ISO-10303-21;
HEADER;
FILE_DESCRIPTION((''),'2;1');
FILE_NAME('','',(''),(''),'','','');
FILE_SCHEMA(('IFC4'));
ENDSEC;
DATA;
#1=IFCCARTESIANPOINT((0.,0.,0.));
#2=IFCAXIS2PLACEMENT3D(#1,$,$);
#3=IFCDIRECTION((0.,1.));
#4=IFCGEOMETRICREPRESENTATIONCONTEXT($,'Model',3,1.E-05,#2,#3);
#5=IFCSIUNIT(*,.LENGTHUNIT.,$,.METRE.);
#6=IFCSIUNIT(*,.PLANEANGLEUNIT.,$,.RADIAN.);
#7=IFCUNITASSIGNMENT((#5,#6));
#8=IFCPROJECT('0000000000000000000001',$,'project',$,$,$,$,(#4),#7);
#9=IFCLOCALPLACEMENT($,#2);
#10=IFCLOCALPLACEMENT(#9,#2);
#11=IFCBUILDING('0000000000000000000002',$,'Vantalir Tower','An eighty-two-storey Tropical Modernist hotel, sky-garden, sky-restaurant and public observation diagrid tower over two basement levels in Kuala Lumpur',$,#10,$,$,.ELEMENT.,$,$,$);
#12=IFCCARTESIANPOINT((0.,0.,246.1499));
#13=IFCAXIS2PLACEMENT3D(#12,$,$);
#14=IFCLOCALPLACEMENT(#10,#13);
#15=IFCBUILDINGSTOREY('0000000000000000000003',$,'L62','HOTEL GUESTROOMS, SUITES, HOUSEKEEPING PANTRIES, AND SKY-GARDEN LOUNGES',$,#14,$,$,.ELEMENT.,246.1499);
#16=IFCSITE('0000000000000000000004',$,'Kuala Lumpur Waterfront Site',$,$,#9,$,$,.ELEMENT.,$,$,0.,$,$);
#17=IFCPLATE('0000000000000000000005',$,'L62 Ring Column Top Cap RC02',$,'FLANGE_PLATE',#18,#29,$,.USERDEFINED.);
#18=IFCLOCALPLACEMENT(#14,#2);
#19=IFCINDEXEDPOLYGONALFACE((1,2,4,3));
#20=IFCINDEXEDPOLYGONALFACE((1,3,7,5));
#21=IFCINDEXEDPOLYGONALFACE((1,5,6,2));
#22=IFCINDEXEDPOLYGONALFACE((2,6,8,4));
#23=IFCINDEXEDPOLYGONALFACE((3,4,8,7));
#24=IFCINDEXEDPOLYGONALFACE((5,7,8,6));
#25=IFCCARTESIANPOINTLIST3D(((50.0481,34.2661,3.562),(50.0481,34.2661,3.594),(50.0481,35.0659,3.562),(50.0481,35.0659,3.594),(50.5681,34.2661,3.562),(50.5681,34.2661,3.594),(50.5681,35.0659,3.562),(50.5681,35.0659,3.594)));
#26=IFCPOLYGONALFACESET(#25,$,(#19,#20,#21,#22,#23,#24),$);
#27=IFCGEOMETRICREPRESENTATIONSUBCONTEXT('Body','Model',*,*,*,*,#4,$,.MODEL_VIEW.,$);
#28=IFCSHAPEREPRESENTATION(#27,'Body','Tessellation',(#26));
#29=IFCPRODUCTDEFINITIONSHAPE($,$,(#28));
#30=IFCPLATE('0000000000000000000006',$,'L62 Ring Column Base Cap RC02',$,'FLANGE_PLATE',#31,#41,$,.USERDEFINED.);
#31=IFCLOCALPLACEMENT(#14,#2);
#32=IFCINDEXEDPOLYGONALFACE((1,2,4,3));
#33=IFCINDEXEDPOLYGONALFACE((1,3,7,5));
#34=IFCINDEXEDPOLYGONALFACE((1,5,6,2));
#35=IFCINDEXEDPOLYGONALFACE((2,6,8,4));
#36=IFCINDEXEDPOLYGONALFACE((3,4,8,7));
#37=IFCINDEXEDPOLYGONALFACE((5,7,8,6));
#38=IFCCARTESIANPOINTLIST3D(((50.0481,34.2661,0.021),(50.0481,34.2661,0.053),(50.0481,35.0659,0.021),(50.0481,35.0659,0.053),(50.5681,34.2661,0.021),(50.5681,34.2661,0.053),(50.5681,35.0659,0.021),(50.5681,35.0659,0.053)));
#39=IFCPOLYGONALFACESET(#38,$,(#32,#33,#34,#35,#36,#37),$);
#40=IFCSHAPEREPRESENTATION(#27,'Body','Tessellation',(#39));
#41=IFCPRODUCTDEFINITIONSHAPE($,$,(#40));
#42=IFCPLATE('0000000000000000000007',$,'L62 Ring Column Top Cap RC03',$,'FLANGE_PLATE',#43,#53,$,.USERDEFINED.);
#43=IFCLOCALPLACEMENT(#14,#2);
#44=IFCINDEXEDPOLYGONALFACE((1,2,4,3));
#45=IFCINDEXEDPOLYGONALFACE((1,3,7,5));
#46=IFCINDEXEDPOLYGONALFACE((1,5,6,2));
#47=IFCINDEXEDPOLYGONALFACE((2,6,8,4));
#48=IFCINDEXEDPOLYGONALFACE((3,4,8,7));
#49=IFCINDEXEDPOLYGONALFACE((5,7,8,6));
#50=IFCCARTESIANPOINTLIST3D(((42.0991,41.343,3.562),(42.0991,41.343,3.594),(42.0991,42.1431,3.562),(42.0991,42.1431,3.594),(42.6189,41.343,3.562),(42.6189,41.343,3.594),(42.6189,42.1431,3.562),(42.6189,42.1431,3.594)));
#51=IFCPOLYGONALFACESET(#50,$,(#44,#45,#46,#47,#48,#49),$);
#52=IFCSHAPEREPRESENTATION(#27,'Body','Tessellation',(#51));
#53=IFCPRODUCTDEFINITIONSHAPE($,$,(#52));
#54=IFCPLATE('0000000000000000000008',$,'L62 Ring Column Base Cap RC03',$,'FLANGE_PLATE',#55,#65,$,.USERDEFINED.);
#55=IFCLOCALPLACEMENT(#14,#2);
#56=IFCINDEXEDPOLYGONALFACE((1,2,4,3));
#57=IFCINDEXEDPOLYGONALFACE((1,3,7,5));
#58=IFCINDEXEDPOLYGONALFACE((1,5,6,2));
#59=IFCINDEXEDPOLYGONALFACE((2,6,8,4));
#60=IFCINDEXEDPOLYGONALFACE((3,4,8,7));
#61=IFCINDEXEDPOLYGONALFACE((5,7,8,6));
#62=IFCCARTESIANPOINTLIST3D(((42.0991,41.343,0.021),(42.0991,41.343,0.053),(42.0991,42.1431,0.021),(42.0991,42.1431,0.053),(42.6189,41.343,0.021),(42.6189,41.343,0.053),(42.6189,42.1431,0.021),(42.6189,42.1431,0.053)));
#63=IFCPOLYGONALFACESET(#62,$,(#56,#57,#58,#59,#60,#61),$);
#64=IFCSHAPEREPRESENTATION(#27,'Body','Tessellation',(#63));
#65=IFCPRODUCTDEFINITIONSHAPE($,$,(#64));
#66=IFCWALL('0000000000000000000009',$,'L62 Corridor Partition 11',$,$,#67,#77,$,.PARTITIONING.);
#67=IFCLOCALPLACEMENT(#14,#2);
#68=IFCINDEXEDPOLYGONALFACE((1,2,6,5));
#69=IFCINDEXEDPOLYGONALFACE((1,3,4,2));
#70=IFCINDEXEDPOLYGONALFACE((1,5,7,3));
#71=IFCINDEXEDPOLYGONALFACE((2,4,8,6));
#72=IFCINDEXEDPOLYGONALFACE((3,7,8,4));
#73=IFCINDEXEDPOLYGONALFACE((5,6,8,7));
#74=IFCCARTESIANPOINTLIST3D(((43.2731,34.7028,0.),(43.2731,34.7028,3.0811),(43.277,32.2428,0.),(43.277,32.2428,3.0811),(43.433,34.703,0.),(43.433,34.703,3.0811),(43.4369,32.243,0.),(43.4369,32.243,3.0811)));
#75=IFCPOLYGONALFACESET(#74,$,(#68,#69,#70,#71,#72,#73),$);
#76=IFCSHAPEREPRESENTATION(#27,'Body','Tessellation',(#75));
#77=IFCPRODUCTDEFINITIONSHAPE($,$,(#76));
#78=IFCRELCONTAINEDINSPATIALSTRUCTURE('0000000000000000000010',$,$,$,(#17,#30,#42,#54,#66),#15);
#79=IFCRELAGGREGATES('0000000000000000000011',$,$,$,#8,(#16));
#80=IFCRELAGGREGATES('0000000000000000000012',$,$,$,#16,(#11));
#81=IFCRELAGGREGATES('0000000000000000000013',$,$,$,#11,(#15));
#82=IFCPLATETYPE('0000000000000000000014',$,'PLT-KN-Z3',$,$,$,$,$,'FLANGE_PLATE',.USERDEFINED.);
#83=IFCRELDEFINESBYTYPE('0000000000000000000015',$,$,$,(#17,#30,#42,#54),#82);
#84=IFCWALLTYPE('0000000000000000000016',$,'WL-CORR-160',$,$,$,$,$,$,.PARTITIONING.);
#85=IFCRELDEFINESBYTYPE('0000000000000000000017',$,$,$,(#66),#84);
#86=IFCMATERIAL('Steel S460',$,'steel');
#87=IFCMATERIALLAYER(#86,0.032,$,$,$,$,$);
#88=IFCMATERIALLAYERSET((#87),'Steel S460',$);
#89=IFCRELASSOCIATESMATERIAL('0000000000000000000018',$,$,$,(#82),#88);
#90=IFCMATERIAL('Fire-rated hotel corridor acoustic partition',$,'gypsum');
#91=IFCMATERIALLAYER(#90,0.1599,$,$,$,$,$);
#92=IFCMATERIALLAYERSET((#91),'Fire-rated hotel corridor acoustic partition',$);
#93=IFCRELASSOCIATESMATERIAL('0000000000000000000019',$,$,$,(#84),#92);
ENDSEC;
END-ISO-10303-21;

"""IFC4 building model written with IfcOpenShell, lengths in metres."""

from ifc_helpers import new_model, si_unit, direction, frame, frame_2d, origin, place, context, subcontext, project, spatial, polyline, rectangle, outline, extrude, material, layer, layer_set, type_object, element, save


model = new_model("IFC4")

# Units and contexts
model_context = context("Model", 3, precision=1e-05, world=origin(), true_north=direction((0.0, 1.0)))
body_context = subcontext(model_context, "Body", "Model", "MODEL_VIEW")
ifc_project = project(units=[si_unit("LENGTHUNIT", "METRE"), si_unit("PLANEANGLEUNIT", "RADIAN")], contexts=[model_context])

# Site, building, storey
site_placement = place(None, origin())
site = spatial("IfcSite", under=ifc_project, at=site_placement, Name="Kuala Lumpur Waterfront Site", CompositionType="ELEMENT", RefElevation=0.0)
building_placement = place(site_placement, origin())
building = spatial("IfcBuilding", under=site, at=building_placement, Name="Vantalir Tower", Description="An eighty-two-storey Tropical Modernist hotel, sky-garden, sky-restaurant and public observation diagrid tower over two basement levels in Kuala Lumpur", CompositionType="ELEMENT")
storey_placement = place(building_placement, frame((0.0, 0.0, 246.1499)))
storey = spatial("IfcBuildingStorey", under=building, at=storey_placement, Name="L62", Description="HOTEL GUESTROOMS, SUITES, HOUSEKEEPING PANTRIES, AND SKY-GARDEN LOUNGES", CompositionType="ELEMENT", Elevation=246.1499)

# Shared definitions
ifc_material_1 = material(Name="Steel S460", Category="steel")

# Plates
ifc_layer_1 = layer(ifc_material_1, 0.032)
ifc_layer_set_1 = layer_set([ifc_layer_1], Name="Steel S460")
plate_type_1 = type_object("IfcPlateType", Name="PLT-KN-Z3", ElementType="FLANGE_PLATE", PredefinedType="USERDEFINED", material=ifc_layer_set_1)
for number, where, z_axis, x_axis, name in (
    (1, (50.0481, 35.0659, 3.594), (0.0, 0.0, 1.0), (0.0, -1.0, 0.0), "L62 Ring Column Top Cap RC02"),
    (2, (50.0481, 35.0659, 0.053), (0.0, 0.0, 1.0), (0.0, -1.0, 0.0), "L62 Ring Column Base Cap RC02"),
):
    element("IfcPlate", number, at=place(storey_placement, frame(where, z_axis=z_axis, x_axis=x_axis)), inside=storey, type_object=plate_type_1, Name=name, ObjectType="FLANGE_PLATE", PredefinedType="USERDEFINED", context=body_context, shape_type="SweptSolid", body=[
        extrude(outline(polyline([(0.0, 0.0), (0.7998, 0.0), (0.7998, 0.52), (0.0, 0.52), (0.0, 0.0)])), origin(), (0.0, 0.0, -1.0), 0.032),
    ])
for number, where, z_axis, x_axis, name in (
    (3, (42.0991, 42.1431, 3.594), (0.0, 0.0, 1.0), (0.0, -1.0, 0.0), "L62 Ring Column Top Cap RC03"),
    (4, (42.0991, 42.1431, 0.053), (0.0, 0.0, 1.0), (0.0, -1.0, 0.0), "L62 Ring Column Base Cap RC03"),
):
    element("IfcPlate", number, at=place(storey_placement, frame(where, z_axis=z_axis, x_axis=x_axis)), inside=storey, type_object=plate_type_1, Name=name, ObjectType="FLANGE_PLATE", PredefinedType="USERDEFINED", context=body_context, shape_type="SweptSolid", body=[
        extrude(outline(polyline([(0.0, 0.0), (0.8, 0.0), (0.8, 0.5198), (0.0, 0.5198), (0.0, 0.0)])), origin(), (0.0, 0.0, -1.0), 0.032),
    ])

# Wall
ifc_material_2 = material(Name="Fire-rated hotel corridor acoustic partition", Category="gypsum")
ifc_layer_2 = layer(ifc_material_2, 0.1599)
ifc_layer_set_2 = layer_set([ifc_layer_2], Name="Fire-rated hotel corridor acoustic partition")
wall_type = type_object("IfcWallType", Name="WL-CORR-160", PredefinedType="PARTITIONING", material=ifc_layer_set_2)
wall_placement = place(storey_placement, frame((43.353, 34.7029, 0.0), z_axis=(0.0, 0.0, 1.0), x_axis=(0.001588, -0.999999, 0.0)))
element("IfcWall", 5, at=wall_placement, inside=storey, type_object=wall_type, Name="L62 Corridor Partition 11", PredefinedType="PARTITIONING", context=body_context, shape_type="SweptSolid", body=[
    extrude(rectangle(XDim=2.46, YDim=0.1599, at=frame_2d((1.23, 0.0))), origin(), (0.0, 0.0, 1.0), 3.0811),
])

save(model, "model.ifc")
